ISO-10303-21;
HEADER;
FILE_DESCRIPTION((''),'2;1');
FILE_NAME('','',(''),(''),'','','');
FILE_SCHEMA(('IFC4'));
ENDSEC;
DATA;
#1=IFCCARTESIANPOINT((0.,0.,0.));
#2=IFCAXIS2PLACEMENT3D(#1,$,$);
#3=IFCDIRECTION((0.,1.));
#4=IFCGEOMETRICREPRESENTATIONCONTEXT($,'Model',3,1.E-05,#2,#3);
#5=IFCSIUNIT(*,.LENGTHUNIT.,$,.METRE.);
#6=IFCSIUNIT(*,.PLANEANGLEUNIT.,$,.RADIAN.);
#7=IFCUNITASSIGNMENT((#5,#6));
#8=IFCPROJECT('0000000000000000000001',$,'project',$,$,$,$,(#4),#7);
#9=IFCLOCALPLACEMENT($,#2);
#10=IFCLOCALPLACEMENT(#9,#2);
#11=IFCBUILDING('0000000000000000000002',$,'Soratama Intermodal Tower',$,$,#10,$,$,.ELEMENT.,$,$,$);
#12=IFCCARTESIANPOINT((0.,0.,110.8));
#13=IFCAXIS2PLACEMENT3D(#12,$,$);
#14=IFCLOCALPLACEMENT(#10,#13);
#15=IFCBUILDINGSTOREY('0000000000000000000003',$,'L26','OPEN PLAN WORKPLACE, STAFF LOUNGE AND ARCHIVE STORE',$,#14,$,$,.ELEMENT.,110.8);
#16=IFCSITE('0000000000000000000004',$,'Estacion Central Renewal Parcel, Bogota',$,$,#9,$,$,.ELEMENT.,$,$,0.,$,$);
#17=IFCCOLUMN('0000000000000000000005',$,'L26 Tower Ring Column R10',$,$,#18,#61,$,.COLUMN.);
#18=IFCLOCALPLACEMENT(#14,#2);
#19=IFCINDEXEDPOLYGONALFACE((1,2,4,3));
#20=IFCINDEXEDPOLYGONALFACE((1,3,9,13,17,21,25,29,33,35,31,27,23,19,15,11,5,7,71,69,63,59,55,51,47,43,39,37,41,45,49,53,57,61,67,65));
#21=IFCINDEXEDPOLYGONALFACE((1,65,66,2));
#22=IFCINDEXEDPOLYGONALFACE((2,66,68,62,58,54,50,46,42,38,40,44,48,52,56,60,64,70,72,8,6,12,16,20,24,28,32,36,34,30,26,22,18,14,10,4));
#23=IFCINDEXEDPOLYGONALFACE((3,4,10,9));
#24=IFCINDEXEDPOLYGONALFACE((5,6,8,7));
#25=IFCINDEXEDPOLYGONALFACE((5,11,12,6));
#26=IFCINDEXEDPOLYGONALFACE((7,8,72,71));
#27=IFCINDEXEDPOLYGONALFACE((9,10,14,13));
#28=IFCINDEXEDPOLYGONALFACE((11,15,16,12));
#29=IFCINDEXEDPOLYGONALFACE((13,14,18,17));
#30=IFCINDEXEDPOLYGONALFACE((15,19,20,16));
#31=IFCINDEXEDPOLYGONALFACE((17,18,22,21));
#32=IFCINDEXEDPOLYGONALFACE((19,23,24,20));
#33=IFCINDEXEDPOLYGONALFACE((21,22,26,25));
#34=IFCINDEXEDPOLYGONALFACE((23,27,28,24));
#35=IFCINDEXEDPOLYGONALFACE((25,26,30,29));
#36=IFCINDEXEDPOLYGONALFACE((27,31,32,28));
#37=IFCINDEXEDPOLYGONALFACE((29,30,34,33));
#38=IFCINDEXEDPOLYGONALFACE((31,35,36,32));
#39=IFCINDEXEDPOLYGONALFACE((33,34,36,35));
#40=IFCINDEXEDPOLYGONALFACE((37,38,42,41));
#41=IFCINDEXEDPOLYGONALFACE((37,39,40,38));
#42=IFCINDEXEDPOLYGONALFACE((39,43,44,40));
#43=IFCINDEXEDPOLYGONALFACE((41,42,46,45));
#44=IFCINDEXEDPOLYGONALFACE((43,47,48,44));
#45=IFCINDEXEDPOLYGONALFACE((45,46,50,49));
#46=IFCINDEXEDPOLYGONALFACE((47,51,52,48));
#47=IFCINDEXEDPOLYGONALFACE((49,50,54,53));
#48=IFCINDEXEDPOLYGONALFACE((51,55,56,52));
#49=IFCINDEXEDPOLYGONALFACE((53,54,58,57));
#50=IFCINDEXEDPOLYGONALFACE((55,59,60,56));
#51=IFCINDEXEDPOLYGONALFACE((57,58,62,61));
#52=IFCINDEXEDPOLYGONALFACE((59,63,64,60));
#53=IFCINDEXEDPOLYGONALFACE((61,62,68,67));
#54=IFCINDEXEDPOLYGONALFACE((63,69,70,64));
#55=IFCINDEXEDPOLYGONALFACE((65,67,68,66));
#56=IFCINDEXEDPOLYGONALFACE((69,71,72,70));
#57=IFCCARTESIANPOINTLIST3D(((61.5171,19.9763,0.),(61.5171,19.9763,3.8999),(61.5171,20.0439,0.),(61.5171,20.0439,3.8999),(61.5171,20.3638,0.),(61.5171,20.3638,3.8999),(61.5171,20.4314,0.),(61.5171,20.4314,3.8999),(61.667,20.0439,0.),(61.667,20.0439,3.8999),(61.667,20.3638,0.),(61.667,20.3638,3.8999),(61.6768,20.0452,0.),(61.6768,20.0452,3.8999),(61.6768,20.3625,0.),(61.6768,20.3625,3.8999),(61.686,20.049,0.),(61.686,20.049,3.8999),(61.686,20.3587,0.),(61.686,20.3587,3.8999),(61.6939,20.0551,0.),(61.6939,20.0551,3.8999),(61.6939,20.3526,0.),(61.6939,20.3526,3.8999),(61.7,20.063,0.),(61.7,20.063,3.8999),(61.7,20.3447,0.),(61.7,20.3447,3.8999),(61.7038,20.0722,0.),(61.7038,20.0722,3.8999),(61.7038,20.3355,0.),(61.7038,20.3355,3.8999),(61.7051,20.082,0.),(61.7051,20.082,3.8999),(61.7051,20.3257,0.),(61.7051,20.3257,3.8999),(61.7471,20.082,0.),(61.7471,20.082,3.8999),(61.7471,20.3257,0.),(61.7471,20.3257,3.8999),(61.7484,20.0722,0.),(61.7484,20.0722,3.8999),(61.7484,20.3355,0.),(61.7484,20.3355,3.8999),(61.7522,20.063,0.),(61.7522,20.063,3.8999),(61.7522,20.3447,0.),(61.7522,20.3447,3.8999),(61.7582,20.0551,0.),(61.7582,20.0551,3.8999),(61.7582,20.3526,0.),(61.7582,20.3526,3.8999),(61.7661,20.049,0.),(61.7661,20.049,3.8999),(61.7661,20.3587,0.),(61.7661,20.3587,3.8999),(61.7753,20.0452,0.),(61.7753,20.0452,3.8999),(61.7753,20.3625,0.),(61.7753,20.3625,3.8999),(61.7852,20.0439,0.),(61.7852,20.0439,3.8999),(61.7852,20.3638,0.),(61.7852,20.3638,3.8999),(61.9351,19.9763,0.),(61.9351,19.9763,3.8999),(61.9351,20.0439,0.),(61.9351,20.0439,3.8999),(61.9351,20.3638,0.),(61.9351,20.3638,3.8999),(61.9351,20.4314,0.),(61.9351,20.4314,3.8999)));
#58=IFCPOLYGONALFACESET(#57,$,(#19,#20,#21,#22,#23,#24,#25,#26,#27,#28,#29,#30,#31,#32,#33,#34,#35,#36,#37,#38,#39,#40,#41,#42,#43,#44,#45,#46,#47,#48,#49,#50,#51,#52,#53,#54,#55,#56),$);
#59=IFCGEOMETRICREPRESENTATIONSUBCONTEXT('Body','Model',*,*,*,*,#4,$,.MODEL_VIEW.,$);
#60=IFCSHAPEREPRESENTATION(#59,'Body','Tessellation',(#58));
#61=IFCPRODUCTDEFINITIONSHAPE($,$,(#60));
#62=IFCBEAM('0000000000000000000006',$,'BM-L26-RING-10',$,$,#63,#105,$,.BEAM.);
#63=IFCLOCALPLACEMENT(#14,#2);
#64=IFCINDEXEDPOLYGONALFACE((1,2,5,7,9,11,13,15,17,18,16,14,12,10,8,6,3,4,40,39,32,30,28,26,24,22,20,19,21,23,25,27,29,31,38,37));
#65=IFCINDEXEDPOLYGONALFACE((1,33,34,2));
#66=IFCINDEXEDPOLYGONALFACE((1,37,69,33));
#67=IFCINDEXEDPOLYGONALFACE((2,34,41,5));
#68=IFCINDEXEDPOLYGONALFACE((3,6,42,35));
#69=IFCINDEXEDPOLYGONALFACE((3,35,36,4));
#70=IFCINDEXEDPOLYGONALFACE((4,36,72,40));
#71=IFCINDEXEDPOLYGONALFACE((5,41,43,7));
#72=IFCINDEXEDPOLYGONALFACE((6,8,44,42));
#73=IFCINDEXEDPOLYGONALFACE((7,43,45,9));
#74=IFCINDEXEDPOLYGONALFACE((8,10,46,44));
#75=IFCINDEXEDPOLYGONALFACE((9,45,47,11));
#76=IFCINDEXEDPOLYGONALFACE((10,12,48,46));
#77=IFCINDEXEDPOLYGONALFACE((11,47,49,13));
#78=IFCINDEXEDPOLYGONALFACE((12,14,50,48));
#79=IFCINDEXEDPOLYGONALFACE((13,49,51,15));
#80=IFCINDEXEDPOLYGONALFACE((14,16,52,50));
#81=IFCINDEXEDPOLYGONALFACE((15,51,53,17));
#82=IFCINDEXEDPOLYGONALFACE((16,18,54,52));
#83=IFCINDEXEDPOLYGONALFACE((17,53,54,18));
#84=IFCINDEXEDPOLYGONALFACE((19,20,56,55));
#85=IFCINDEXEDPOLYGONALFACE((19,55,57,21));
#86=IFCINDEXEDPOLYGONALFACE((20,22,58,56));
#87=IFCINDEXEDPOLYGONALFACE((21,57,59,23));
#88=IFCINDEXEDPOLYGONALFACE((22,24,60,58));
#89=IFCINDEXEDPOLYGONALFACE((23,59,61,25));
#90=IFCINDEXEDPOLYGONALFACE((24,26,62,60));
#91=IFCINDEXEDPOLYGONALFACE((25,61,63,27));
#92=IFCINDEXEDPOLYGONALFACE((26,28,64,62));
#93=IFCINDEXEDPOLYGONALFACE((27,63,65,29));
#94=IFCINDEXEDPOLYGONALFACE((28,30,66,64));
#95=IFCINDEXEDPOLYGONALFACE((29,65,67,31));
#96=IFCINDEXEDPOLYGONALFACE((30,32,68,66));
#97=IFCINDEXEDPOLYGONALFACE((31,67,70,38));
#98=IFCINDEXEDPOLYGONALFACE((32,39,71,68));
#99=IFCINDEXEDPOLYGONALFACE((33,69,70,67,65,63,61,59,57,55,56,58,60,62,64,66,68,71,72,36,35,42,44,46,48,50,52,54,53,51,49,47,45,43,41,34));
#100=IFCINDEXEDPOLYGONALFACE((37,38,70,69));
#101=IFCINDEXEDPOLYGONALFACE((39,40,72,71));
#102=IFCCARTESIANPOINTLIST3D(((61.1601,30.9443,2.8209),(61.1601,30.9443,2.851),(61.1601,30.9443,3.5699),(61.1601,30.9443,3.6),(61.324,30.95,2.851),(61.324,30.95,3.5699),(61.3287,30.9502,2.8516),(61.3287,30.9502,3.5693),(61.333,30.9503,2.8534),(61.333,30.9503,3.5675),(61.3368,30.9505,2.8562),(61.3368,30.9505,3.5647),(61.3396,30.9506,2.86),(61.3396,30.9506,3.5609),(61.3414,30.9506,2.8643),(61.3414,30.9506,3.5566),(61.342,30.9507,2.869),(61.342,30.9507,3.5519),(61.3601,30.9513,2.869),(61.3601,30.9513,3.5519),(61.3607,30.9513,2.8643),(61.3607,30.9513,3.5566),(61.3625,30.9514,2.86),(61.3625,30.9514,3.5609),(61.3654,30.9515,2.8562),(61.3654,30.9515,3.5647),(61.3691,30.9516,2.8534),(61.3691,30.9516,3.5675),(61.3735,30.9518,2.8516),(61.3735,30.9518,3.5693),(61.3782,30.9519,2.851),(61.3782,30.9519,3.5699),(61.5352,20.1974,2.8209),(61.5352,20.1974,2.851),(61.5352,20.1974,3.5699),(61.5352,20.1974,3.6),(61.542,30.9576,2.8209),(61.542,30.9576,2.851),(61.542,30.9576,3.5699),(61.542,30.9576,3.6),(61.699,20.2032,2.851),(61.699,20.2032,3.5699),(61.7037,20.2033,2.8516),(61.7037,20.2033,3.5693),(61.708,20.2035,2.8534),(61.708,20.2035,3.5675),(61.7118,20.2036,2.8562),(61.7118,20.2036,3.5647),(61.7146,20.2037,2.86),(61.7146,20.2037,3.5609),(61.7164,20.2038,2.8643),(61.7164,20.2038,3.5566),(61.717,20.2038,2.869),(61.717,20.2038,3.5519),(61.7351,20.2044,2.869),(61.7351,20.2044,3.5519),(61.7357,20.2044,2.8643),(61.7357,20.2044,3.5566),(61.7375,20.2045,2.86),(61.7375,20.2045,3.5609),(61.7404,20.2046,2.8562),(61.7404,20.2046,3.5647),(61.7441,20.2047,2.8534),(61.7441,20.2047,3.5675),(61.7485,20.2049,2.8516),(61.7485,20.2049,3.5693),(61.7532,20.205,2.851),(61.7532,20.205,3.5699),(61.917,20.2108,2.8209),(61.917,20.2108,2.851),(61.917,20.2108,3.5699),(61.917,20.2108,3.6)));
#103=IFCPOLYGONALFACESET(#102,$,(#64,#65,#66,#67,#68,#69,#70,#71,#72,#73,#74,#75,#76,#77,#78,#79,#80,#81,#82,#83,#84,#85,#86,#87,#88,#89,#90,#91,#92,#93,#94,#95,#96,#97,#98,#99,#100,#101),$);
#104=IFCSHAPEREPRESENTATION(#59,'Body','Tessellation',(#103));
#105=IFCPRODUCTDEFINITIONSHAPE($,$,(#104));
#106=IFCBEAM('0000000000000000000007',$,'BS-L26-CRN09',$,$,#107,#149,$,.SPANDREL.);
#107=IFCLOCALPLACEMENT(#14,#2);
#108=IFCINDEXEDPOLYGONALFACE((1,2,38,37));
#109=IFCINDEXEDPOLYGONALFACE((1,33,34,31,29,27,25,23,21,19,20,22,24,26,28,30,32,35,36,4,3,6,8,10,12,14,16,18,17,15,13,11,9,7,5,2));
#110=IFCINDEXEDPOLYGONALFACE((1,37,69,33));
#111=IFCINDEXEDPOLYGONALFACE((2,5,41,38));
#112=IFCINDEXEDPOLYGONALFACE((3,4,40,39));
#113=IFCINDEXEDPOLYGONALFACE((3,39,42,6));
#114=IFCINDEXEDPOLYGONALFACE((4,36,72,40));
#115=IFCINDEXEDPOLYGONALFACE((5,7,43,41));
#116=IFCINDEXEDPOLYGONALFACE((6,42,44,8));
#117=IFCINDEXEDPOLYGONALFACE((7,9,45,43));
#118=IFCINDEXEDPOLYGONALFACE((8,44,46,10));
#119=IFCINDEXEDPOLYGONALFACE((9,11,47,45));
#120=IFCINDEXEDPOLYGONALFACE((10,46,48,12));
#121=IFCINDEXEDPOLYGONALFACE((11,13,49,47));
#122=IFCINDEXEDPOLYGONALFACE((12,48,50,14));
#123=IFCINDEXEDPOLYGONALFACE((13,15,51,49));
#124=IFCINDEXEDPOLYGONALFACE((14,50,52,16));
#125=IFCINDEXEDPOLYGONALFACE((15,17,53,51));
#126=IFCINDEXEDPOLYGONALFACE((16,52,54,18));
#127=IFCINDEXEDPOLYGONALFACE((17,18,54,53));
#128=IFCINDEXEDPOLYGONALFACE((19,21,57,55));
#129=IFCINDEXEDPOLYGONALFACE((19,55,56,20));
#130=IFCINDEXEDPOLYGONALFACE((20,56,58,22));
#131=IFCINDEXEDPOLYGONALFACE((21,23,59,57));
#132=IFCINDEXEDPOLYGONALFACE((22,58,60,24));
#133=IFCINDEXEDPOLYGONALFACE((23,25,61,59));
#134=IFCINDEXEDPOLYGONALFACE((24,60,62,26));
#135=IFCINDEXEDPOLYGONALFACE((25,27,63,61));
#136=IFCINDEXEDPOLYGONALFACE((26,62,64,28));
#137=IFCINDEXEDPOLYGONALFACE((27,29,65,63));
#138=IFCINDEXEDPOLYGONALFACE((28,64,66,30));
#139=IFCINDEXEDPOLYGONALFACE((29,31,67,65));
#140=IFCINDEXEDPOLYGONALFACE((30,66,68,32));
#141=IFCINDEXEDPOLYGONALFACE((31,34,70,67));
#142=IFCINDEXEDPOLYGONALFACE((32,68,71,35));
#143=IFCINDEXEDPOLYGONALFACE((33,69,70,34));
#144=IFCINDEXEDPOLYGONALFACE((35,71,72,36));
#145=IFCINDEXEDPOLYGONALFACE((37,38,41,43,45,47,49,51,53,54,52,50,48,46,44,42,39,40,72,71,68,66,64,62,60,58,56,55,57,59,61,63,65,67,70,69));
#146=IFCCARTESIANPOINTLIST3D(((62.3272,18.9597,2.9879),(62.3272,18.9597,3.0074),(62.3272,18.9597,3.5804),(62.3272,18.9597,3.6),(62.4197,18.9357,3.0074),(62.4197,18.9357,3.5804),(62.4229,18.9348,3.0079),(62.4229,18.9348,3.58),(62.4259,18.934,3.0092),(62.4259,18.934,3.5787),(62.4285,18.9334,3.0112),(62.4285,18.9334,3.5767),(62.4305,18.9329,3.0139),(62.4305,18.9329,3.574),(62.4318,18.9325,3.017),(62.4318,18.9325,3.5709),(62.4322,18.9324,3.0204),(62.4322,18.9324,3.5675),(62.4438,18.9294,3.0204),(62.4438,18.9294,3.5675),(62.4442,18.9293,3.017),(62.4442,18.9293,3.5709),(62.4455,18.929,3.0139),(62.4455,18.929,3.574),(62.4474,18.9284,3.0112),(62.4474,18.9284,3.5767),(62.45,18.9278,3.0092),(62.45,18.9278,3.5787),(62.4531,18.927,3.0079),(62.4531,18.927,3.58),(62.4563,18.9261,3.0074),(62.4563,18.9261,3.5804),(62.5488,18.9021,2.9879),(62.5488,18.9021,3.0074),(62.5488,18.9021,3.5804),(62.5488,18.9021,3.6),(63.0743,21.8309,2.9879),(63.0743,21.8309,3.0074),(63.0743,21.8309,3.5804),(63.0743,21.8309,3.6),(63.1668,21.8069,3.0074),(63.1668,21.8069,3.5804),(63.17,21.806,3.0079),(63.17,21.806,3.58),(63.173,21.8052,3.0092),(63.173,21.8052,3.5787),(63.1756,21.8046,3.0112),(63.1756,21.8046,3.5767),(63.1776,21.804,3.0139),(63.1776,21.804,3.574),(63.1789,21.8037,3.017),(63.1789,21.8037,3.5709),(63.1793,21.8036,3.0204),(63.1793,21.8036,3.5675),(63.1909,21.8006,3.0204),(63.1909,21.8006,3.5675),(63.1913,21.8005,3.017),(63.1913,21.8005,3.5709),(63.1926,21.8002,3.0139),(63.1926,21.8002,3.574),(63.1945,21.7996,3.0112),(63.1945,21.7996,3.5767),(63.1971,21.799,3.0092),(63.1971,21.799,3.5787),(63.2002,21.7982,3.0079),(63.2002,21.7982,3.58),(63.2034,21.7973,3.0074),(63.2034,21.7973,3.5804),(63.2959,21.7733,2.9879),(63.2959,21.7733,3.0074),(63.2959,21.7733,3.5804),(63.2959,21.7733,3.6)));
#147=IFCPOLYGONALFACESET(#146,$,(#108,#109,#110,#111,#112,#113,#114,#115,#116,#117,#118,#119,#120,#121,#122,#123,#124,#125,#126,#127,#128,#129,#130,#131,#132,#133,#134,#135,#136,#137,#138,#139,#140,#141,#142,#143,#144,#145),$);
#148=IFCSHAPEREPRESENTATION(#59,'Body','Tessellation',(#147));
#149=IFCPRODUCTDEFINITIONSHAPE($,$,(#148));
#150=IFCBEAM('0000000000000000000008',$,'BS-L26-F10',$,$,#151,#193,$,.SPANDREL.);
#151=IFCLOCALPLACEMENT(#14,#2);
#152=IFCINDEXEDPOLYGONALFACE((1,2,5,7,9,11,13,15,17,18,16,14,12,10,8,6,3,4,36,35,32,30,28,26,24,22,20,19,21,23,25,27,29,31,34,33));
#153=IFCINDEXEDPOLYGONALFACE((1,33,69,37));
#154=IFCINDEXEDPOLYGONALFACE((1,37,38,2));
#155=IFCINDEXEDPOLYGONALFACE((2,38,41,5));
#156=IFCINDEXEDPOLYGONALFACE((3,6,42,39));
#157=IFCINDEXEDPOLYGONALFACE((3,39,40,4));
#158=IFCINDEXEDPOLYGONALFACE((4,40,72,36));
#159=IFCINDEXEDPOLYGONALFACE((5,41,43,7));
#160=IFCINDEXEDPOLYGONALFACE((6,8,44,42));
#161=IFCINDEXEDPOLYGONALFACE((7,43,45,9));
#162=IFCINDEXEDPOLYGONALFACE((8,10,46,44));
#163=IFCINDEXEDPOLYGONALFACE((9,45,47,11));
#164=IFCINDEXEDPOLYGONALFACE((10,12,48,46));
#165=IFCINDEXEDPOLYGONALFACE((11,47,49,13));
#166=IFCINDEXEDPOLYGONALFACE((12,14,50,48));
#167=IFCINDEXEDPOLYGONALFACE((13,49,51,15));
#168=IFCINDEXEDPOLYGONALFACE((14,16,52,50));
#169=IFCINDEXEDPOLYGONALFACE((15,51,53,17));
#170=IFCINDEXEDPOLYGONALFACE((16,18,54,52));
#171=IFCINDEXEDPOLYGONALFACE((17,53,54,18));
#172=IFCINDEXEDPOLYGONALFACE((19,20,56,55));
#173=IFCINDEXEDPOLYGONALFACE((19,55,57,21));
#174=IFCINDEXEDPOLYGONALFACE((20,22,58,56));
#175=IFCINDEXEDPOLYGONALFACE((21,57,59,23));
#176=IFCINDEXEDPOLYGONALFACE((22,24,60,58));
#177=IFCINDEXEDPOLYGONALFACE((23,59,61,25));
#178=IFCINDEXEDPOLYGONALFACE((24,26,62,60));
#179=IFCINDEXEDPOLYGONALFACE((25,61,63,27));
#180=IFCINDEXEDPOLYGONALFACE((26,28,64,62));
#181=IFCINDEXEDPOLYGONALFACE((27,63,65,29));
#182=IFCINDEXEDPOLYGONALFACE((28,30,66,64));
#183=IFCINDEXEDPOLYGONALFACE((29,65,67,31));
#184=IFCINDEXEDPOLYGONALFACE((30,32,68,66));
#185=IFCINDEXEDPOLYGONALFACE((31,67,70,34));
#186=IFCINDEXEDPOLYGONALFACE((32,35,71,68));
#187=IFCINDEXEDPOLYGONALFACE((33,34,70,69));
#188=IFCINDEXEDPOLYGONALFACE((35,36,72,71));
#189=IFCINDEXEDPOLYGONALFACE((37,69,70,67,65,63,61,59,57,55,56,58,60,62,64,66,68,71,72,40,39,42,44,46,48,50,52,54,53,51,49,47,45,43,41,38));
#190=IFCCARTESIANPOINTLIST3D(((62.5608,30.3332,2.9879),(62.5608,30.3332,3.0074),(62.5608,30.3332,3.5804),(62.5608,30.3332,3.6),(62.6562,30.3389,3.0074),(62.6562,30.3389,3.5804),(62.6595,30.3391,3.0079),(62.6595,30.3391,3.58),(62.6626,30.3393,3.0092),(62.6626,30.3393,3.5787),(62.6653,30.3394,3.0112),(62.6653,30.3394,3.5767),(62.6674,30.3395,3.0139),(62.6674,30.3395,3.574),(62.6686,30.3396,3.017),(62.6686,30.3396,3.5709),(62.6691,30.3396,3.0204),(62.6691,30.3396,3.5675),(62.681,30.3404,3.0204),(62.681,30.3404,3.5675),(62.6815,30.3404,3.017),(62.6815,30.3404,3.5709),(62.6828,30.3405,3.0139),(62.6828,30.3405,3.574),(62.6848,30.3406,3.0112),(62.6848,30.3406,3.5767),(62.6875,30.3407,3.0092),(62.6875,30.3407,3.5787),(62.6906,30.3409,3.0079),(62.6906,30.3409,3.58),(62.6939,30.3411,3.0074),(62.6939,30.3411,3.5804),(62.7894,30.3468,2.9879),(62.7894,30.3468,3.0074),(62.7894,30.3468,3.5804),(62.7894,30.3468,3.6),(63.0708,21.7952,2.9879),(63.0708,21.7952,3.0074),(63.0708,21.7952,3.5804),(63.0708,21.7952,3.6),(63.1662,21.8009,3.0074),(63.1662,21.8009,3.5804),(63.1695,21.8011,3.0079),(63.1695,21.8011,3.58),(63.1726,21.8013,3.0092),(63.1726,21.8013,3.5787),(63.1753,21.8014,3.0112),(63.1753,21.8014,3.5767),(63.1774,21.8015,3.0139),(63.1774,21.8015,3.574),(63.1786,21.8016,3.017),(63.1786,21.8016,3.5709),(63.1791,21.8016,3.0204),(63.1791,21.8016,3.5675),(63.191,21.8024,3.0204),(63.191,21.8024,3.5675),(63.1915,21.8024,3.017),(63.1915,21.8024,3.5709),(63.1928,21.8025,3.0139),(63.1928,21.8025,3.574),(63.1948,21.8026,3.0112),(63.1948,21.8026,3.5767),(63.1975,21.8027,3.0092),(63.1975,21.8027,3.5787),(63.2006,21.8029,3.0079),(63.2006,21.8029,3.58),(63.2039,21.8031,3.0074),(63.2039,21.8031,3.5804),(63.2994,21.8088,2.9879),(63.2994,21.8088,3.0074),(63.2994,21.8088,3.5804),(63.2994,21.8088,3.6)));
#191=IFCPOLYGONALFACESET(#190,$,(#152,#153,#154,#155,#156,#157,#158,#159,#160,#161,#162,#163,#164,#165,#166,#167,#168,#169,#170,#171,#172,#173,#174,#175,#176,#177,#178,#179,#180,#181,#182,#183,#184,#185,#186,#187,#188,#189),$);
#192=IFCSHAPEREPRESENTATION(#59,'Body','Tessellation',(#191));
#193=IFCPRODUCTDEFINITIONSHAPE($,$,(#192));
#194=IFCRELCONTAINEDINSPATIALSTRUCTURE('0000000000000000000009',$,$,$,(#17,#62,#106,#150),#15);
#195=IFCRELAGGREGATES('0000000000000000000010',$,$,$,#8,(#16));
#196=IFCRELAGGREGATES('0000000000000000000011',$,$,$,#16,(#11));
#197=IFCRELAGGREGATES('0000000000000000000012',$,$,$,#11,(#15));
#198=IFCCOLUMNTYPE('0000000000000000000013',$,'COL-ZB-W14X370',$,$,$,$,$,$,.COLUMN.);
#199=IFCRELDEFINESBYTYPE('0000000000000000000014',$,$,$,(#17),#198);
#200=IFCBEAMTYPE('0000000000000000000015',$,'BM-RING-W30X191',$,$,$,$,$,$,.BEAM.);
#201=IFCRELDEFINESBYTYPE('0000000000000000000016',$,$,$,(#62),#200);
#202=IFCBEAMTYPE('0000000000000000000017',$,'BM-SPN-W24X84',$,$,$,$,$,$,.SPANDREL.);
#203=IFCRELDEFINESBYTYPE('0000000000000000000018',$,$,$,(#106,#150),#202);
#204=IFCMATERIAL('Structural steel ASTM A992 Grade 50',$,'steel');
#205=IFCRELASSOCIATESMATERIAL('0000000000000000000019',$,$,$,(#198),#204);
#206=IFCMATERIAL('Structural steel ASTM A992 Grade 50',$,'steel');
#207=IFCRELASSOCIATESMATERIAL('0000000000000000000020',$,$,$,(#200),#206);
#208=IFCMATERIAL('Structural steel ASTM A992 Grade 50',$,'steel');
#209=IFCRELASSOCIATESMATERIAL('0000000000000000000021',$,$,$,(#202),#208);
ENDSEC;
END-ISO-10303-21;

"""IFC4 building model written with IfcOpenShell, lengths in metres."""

from ifc_helpers import new_model, si_unit, direction, frame, origin, origin_2d, place, context, subcontext, project, spatial, i_section, extrude, material, material_profile, profile_set, type_object, element, save


model = new_model("IFC4")

# Units and contexts
model_context = context("Model", 3, precision=1e-05, world=origin(), true_north=direction((0.0, 1.0)))
body_context = subcontext(model_context, "Body", "Model", "MODEL_VIEW")
ifc_project = project(units=[si_unit("LENGTHUNIT", "METRE"), si_unit("PLANEANGLEUNIT", "RADIAN")], contexts=[model_context])

# Site, building, storey
site_placement = place(None, origin())
site = spatial("IfcSite", under=ifc_project, at=site_placement, Name="Estacion Central Renewal Parcel, Bogota", CompositionType="ELEMENT", RefElevation=0.0)
building_placement = place(site_placement, origin())
building = spatial("IfcBuilding", under=site, at=building_placement, Name="Soratama Intermodal Tower", CompositionType="ELEMENT")
storey_placement = place(building_placement, frame((0.0, 0.0, 110.8)))
storey = spatial("IfcBuildingStorey", under=building, at=storey_placement, Name="L26", Description="OPEN PLAN WORKPLACE, STAFF LOUNGE AND ARCHIVE STORE", CompositionType="ELEMENT", Elevation=110.8)

# Column
ifc_material_1 = material(Name="Structural steel ASTM A992 Grade 50", Category="steel")
ifc_material_profile_1 = material_profile(ifc_material_1, i_section(OverallWidth=0.418, OverallDepth=0.4551, WebThickness=0.042, FlangeThickness=0.0676, FilletRadius=0.0381, at=origin_2d()), Name="W14X370")
ifc_profile_set_1 = profile_set([ifc_material_profile_1], Name="Structural steel ASTM A992 Grade 50")
column_type = type_object("IfcColumnType", Name="COL-ZB-W14X370", PredefinedType="COLUMN", material=ifc_profile_set_1)
column_placement = place(storey_placement, frame((61.7261, 20.2039, 0.0), z_axis=(0.0, 0.0, 1.0), x_axis=(1.0, 0.0, 0.0)))
element("IfcColumn", 1, at=column_placement, inside=storey, type_object=column_type, Name="L26 Tower Ring Column R10", PredefinedType="COLUMN", context=body_context, shape_type="SweptSolid", body=[
    extrude(i_section(OverallWidth=0.418, OverallDepth=0.4551, WebThickness=0.042, FlangeThickness=0.0676, FilletRadius=0.0381, at=origin_2d()), origin(), (0.0, 0.0, 1.0), 3.8999),
])

# Beams
ifc_material_2 = material(Name="Structural steel ASTM A992 Grade 50", Category="steel")
ifc_material_profile_2 = material_profile(ifc_material_2, i_section(OverallWidth=0.3821, OverallDepth=0.7791, WebThickness=0.0181, FlangeThickness=0.03, FilletRadius=0.0181, at=origin_2d()), Name="W30X191")
ifc_profile_set_2 = profile_set([ifc_material_profile_2], Name="Structural steel ASTM A992 Grade 50")
beam_type_1 = type_object("IfcBeamType", Name="BM-RING-W30X191", PredefinedType="BEAM", material=ifc_profile_set_2)
beam_1_placement = place(storey_placement, frame((61.7261, 20.2041, 3.2104), z_axis=(-0.034873, 0.999392, 0.0), x_axis=(-0.999392, -0.034873, 0.0)))
element("IfcBeam", 2, at=beam_1_placement, inside=storey, type_object=beam_type_1, Name="BM-L26-RING-10", PredefinedType="BEAM", context=body_context, shape_type="SweptSolid", body=[
    extrude(i_section(OverallWidth=0.3821, OverallDepth=0.7791, WebThickness=0.0181, FlangeThickness=0.03, FilletRadius=0.0181, at=origin_2d()), origin(), (0.0, 0.0, 1.0), 10.7534),
])
ifc_material_3 = material(Name="Structural steel ASTM A992 Grade 50", Category="steel")
ifc_material_profile_3 = material_profile(ifc_material_3, i_section(OverallWidth=0.229, OverallDepth=0.6121, WebThickness=0.012, FlangeThickness=0.0195, FilletRadius=0.0129, at=origin_2d()), Name="W24X84")
ifc_profile_set_3 = profile_set([ifc_material_profile_3], Name="Structural steel ASTM A992 Grade 50")
beam_type_2 = type_object("IfcBeamType", Name="BM-SPN-W24X84", PredefinedType="SPANDREL", material=ifc_profile_set_3)
beam_2_placement = place(storey_placement, frame((62.438, 18.9309, 3.2939), z_axis=(0.251819, 0.967774, 0.0), x_axis=(-0.967774, 0.251819, 0.0)))
element("IfcBeam", 3, at=beam_2_placement, inside=storey, type_object=beam_type_2, Name="BS-L26-CRN09", PredefinedType="SPANDREL", context=body_context, shape_type="SweptSolid", body=[
    extrude(i_section(OverallWidth=0.229, OverallDepth=0.6121, WebThickness=0.012, FlangeThickness=0.0195, FilletRadius=0.0129, at=origin_2d()), origin(), (0.0, 0.0, 1.0), 2.9668),
])
beam_3_placement = place(storey_placement, frame((63.1851, 21.802, 3.2939), z_axis=(-0.059627, 0.998221, 0.0), x_axis=(-0.998221, -0.059627, 0.0)))
element("IfcBeam", 4, at=beam_3_placement, inside=storey, type_object=beam_type_2, Name="BS-L26-F10", PredefinedType="SPANDREL", context=body_context, shape_type="SweptSolid", body=[
    extrude(i_section(OverallWidth=0.229, OverallDepth=0.6121, WebThickness=0.012, FlangeThickness=0.0195, FilletRadius=0.0129, at=origin_2d()), origin(), (0.0, 0.0, 1.0), 8.5532),
])

save(model, "model.ifc")
